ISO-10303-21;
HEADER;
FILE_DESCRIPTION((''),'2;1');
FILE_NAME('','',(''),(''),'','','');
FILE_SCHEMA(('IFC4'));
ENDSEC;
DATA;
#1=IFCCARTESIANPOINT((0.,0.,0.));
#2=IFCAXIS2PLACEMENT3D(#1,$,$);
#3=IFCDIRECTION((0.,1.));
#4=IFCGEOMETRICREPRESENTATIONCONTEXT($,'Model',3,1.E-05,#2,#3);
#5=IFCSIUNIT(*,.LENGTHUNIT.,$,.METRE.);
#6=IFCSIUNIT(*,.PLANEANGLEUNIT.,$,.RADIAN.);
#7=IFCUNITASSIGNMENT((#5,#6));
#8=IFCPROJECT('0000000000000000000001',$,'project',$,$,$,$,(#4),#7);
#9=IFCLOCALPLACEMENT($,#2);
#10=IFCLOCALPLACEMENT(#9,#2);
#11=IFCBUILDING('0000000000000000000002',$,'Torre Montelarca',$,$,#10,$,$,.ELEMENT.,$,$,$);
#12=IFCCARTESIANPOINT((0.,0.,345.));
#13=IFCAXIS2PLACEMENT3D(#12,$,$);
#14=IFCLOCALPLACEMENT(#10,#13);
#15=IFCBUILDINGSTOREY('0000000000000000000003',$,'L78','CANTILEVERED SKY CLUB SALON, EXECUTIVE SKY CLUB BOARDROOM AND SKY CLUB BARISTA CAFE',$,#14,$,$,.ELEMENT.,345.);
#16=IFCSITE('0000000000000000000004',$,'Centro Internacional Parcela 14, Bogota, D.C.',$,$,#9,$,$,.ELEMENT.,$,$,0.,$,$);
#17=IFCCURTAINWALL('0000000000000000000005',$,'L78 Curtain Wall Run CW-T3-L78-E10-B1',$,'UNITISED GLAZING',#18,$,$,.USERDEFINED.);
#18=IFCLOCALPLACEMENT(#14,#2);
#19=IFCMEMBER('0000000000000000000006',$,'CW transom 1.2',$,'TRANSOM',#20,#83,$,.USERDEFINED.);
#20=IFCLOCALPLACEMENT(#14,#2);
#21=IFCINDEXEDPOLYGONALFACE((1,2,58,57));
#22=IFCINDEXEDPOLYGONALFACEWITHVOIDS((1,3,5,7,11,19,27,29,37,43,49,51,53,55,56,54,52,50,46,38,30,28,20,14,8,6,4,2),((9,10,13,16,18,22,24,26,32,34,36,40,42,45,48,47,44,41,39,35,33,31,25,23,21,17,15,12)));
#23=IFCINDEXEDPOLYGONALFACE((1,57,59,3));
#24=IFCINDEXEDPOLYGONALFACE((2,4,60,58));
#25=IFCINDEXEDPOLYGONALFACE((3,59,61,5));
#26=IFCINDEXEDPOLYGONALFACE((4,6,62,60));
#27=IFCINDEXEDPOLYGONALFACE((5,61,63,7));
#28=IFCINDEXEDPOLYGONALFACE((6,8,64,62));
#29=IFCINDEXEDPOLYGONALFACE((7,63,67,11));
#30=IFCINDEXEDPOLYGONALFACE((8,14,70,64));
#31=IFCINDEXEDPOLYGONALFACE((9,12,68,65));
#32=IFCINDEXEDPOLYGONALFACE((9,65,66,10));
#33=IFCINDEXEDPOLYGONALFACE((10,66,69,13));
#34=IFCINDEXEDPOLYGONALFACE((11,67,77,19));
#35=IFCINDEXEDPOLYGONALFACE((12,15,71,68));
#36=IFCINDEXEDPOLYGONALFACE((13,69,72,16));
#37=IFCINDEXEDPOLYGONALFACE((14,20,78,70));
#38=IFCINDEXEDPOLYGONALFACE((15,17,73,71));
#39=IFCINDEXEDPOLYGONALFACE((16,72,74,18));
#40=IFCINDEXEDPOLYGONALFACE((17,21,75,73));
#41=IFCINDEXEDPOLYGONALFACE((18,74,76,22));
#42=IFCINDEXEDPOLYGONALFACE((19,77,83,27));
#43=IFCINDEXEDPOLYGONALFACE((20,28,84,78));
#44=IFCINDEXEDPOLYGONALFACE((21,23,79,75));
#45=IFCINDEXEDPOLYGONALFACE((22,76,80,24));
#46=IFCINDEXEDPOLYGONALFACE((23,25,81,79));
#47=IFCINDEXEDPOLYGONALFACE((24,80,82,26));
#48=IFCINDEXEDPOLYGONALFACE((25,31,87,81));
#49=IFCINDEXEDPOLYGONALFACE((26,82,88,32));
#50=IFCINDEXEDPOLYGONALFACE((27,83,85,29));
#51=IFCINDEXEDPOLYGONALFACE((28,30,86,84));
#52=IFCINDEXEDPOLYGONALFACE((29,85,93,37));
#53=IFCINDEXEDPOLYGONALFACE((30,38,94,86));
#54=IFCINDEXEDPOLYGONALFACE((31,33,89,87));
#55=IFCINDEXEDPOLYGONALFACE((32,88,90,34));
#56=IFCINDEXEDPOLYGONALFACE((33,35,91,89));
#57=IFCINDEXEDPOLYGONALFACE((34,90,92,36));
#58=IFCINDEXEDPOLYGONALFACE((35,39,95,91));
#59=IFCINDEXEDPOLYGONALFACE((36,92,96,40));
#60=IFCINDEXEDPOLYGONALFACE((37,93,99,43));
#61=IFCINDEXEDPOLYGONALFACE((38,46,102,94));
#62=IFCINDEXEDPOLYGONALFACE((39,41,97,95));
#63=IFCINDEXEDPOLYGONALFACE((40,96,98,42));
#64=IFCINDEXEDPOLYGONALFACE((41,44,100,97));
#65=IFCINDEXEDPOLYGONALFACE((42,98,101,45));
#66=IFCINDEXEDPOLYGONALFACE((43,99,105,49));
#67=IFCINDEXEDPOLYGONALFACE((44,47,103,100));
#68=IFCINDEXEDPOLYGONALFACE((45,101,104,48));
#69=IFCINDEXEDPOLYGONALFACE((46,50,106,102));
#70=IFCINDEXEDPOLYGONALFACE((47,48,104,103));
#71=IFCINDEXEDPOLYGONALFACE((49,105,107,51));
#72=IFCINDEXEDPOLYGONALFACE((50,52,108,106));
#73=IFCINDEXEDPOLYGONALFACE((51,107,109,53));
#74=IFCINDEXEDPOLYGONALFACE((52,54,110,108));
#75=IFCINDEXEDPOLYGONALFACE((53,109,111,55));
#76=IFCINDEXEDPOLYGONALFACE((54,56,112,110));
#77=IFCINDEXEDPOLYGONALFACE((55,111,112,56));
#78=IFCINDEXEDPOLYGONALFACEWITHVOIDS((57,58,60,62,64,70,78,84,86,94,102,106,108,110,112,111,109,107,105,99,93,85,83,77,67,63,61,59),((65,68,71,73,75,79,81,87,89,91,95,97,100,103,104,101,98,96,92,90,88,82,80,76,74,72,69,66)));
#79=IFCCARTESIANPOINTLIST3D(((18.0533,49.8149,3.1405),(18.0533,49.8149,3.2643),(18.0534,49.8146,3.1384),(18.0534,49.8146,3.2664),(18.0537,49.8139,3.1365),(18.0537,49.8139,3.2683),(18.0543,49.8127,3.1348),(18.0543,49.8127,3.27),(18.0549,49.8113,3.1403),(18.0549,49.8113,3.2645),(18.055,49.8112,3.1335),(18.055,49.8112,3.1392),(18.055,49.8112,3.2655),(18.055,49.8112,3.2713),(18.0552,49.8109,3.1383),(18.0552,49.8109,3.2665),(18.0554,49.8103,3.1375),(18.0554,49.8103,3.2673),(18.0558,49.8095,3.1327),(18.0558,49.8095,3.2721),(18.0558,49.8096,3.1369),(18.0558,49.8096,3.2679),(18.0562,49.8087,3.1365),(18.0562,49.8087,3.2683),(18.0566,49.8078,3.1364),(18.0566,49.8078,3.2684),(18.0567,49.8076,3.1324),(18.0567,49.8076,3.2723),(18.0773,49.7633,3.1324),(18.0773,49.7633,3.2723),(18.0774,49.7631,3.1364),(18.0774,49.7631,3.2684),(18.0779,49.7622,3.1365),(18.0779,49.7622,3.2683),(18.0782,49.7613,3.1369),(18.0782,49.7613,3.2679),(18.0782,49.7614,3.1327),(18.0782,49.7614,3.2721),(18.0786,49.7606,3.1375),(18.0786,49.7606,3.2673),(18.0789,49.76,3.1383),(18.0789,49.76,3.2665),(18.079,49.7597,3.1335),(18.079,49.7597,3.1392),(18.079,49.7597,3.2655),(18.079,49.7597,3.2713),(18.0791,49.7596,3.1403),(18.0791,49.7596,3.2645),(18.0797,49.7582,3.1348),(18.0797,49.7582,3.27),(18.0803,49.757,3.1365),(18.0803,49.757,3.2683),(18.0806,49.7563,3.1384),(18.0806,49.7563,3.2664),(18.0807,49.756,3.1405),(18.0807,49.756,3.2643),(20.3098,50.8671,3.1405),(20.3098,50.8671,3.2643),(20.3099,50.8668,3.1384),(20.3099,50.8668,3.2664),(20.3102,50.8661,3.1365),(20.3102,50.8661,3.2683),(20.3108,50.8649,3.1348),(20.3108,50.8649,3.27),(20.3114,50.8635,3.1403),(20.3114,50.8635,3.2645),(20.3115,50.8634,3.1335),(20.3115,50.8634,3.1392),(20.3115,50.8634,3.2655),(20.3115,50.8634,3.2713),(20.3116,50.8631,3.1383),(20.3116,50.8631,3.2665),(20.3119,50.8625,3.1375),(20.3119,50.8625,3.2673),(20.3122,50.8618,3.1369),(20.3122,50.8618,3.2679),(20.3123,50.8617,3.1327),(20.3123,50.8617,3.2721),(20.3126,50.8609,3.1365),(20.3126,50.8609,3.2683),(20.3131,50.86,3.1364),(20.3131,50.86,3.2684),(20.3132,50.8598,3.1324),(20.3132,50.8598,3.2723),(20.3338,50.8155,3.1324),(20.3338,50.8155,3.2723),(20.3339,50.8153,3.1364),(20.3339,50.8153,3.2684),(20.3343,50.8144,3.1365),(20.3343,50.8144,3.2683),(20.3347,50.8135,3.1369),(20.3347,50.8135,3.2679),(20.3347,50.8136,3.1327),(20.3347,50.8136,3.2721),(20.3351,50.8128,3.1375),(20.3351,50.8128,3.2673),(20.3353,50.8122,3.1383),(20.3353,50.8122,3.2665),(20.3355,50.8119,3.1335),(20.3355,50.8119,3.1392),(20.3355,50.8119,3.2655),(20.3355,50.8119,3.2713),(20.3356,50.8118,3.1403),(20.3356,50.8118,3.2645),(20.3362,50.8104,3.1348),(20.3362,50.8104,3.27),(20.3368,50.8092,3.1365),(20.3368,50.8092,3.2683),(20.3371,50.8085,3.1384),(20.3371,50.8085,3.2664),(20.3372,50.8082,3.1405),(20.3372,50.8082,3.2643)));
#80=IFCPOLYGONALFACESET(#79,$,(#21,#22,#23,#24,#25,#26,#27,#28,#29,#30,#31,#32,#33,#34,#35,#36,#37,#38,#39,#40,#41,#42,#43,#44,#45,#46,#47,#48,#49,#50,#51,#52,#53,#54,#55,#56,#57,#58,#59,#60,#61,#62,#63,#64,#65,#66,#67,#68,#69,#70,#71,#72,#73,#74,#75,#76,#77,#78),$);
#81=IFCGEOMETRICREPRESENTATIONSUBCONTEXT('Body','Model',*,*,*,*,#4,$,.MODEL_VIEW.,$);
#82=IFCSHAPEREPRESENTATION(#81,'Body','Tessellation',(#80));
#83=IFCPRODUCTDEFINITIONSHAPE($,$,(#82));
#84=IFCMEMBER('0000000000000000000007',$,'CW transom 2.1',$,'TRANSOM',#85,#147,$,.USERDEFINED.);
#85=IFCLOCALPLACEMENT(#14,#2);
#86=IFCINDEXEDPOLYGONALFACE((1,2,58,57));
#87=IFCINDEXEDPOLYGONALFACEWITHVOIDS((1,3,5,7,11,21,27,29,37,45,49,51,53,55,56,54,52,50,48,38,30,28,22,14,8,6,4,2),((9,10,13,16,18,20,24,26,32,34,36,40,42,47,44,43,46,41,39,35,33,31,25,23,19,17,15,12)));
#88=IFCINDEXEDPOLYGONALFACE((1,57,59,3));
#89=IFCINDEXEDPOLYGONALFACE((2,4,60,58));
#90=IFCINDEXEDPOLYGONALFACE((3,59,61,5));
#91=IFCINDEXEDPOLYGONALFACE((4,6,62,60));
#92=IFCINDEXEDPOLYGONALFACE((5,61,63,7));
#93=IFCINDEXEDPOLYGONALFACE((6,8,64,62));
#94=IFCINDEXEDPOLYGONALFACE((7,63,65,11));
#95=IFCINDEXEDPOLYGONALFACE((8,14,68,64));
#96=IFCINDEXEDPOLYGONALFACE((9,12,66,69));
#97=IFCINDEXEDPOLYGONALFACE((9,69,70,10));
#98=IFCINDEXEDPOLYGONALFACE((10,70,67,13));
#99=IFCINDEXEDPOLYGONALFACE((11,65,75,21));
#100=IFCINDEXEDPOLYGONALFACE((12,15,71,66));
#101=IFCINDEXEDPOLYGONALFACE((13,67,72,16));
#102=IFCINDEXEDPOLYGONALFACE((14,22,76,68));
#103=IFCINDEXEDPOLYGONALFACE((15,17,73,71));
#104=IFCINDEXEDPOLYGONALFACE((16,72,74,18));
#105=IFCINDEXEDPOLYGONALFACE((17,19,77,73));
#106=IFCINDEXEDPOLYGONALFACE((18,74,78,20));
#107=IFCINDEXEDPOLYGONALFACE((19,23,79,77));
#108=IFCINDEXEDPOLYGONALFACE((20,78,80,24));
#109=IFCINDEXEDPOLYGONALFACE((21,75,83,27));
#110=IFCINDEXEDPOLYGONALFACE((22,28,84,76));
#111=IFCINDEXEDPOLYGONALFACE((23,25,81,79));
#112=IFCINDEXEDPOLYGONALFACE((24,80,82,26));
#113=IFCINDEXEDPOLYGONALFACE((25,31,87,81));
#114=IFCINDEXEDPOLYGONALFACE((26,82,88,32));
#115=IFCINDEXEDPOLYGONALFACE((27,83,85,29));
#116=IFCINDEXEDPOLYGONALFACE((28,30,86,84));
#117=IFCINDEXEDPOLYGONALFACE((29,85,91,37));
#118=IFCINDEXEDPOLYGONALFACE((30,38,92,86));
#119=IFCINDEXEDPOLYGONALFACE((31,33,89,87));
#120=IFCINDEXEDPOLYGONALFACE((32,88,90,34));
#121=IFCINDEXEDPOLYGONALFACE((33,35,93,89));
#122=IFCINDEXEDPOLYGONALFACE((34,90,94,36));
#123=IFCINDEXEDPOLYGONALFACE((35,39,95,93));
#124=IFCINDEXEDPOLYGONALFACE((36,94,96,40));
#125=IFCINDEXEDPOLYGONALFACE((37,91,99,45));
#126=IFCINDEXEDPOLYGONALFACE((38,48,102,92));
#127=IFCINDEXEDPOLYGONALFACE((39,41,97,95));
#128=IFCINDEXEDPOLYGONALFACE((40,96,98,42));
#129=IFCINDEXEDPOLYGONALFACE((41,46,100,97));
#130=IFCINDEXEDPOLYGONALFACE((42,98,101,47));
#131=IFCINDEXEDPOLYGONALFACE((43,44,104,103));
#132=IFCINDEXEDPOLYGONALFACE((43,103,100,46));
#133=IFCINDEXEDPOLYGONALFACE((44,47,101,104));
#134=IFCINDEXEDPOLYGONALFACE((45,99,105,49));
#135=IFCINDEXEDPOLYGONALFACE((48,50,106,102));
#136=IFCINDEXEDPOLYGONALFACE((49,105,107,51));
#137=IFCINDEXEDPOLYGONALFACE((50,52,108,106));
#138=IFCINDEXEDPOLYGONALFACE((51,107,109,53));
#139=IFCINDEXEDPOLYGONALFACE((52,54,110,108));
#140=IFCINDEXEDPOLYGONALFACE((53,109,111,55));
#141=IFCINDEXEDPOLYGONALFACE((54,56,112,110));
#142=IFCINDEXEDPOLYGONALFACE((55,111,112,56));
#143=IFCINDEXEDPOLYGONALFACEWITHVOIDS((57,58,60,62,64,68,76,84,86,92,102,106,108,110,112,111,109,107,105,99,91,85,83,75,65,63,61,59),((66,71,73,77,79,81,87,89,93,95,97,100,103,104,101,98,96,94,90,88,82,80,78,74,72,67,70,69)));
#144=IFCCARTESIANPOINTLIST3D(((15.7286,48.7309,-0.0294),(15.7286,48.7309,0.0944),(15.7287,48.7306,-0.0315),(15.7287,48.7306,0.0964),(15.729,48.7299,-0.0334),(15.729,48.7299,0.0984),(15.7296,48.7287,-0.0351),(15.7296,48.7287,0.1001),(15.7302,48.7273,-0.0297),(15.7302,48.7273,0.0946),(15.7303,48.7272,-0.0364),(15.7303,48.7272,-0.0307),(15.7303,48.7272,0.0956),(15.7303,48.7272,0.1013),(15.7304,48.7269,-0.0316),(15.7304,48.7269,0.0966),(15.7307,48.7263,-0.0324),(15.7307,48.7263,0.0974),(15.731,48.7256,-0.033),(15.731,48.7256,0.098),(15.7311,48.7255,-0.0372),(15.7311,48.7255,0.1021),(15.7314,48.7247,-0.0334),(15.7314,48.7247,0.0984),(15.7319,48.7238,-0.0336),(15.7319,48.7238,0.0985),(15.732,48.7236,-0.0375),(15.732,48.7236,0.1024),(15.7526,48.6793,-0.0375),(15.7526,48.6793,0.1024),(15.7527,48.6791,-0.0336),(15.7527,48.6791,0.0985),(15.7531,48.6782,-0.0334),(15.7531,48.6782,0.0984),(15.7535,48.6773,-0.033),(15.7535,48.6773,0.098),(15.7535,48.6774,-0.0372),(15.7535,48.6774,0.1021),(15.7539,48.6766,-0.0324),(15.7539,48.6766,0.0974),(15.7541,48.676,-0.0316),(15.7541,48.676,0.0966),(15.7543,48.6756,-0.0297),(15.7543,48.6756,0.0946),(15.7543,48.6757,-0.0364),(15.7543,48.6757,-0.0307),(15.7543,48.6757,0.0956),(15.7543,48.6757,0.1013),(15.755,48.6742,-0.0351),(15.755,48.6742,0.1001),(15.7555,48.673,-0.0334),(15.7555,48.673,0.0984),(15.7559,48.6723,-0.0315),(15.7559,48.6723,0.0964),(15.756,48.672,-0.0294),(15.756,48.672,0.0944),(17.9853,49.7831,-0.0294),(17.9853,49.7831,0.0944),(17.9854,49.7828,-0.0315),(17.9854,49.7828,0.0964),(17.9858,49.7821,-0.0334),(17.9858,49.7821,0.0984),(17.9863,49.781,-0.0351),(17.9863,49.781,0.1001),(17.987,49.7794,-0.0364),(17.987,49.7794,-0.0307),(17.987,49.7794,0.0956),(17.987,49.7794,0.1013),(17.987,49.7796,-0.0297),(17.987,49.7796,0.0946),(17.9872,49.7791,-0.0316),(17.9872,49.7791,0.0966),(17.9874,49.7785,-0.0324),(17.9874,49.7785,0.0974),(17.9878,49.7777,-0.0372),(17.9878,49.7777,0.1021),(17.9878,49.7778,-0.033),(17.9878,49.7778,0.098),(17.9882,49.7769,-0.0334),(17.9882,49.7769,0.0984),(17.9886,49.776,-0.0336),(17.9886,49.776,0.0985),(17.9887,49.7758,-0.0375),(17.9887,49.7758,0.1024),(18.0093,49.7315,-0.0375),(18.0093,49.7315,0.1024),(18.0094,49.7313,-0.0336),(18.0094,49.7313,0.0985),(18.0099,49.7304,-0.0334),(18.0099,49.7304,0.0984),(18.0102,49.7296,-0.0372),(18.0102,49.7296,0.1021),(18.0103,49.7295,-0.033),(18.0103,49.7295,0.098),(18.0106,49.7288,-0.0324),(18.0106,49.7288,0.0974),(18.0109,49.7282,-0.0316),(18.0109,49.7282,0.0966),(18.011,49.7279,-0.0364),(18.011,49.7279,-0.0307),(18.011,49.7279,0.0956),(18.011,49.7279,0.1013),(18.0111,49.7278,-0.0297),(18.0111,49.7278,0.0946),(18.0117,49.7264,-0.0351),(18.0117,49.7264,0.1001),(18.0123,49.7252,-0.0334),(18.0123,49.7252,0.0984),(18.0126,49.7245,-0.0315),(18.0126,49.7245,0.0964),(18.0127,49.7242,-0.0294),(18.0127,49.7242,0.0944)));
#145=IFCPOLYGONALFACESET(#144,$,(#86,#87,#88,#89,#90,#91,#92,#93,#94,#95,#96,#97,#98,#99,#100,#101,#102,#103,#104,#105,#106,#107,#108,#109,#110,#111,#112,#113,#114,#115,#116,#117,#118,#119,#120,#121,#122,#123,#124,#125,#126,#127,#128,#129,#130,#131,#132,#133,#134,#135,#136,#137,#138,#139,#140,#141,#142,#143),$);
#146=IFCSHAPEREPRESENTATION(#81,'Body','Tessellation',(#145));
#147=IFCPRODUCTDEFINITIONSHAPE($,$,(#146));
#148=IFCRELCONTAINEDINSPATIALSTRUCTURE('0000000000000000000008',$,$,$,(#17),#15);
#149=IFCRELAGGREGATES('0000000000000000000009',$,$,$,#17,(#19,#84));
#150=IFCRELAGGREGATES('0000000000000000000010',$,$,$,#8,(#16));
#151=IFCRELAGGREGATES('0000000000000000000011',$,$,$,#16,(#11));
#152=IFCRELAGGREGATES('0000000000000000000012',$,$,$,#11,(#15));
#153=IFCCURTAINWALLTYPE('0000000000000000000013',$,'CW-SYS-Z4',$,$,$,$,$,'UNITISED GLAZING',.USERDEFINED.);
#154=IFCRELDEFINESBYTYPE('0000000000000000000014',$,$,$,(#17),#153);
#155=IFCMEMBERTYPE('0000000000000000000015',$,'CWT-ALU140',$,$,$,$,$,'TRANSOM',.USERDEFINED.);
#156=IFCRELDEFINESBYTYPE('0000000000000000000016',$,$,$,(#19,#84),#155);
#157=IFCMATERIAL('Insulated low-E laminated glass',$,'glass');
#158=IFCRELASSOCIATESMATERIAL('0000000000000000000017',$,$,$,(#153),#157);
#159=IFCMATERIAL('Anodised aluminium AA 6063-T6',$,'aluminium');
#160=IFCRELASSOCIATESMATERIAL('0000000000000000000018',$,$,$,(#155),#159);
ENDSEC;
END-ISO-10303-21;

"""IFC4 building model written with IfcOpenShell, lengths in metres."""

from ifc_helpers import new_model, si_unit, direction, frame, origin, origin_2d, place, context, subcontext, project, spatial, hollow_rectangle, extrude, source, transform, mapped, material, material_profile, profile_set, type_object, element, aggregate, save


model = new_model("IFC4")

# Units and contexts
model_context = context("Model", 3, precision=1e-05, world=origin(), true_north=direction((0.0, 1.0)))
body_context = subcontext(model_context, "Body", "Model", "MODEL_VIEW")
ifc_project = project(units=[si_unit("LENGTHUNIT", "METRE"), si_unit("PLANEANGLEUNIT", "RADIAN")], contexts=[model_context])

# Site, building, storey
site_placement = place(None, origin())
site = spatial("IfcSite", under=ifc_project, at=site_placement, Name="Centro Internacional Parcela 14, Bogota, D.C.", CompositionType="ELEMENT", RefElevation=0.0)
building_placement = place(site_placement, origin())
building = spatial("IfcBuilding", under=site, at=building_placement, Name="Torre Montelarca", CompositionType="ELEMENT")
storey_placement = place(building_placement, frame((0.0, 0.0, 345.0)))
storey = spatial("IfcBuildingStorey", under=building, at=storey_placement, Name="L78", Description="CANTILEVERED SKY CLUB SALON, EXECUTIVE SKY CLUB BOARDROOM AND SKY CLUB BARISTA CAFE", CompositionType="ELEMENT", Elevation=345.0)

# Shared definitions
ifc_material_1 = material(Name="Insulated low-E laminated glass", Category="glass")
curtain_wall_type = type_object("IfcCurtainWallType", Name="CW-SYS-Z4", ElementType="UNITISED GLAZING", PredefinedType="USERDEFINED", material=ifc_material_1)
ifc_material_2 = material(Name="Anodised aluminium AA 6063-T6", Category="aluminium")

# Curtain wall, members
curtain_wall_1_placement = place(storey_placement, origin())
curtain_wall_1 = element("IfcCurtainWall", 1, at=curtain_wall_1_placement, inside=storey, type_object=curtain_wall_type, Name="L78 Curtain Wall Run CW-T3-L78-E10-B1", ObjectType="UNITISED GLAZING", PredefinedType="USERDEFINED")
ifc_material_profile_1 = material_profile(ifc_material_2, hollow_rectangle(XDim=0.0649, YDim=0.1399, WallThickness=0.0039, InnerFilletRadius=0.0039, OuterFilletRadius=0.0081, at=origin_2d()), Name="ALU65X140X4", Category="aluminium")
ifc_profile_set_1 = profile_set([ifc_material_profile_1], Name="Anodised aluminium AA 6063-T6")
member_type_1 = type_object("IfcMemberType", Name="CWT-ALU140", ElementType="TRANSOM", PredefinedType="USERDEFINED", material=ifc_profile_set_1)
shared_shape_1 = source(origin(), body_context, "Body", "SweptSolid", [
    extrude(hollow_rectangle(XDim=0.0649, YDim=0.1399, WallThickness=0.0039, InnerFilletRadius=0.0039, OuterFilletRadius=0.0081, at=origin_2d()), origin(), (0.0, 0.0, 1.0), 2.4897),
])
member_1_placement = place(storey_placement, frame((20.3235, 50.8376, 3.2024), z_axis=(-0.906311, -0.422612, 0.0), x_axis=(0.422612, -0.906311, 0.0)))
member_1 = element("IfcMember", 2, at=member_1_placement, type_object=member_type_1, Name="CW transom 1.2", ObjectType="TRANSOM", PredefinedType="USERDEFINED", context=body_context, shape_type="MappedRepresentation", body=[
    mapped(shared_shape_1, transform((0.0, 0.0, 0.0), scale=1.0)),
])
shared_shape_2 = source(origin(), body_context, "Body", "SweptSolid", [
    extrude(hollow_rectangle(XDim=0.0649, YDim=0.1399, WallThickness=0.0039, InnerFilletRadius=0.0039, OuterFilletRadius=0.0081, at=origin_2d()), origin(), (0.0, 0.0, 1.0), 2.49),
])
member_2_placement = place(storey_placement, frame((17.999, 49.7537, 0.0325), z_axis=(-0.906328, -0.422574, 0.0), x_axis=(0.422574, -0.906328, 0.0)))
member_2 = element("IfcMember", 3, at=member_2_placement, type_object=member_type_1, Name="CW transom 2.1", ObjectType="TRANSOM", PredefinedType="USERDEFINED", context=body_context, shape_type="MappedRepresentation", body=[
    mapped(shared_shape_2, transform((0.0, 0.0, 0.0), scale=1.0)),
])

aggregate(curtain_wall_1, [member_1, member_2])

save(model, "model.ifc")
